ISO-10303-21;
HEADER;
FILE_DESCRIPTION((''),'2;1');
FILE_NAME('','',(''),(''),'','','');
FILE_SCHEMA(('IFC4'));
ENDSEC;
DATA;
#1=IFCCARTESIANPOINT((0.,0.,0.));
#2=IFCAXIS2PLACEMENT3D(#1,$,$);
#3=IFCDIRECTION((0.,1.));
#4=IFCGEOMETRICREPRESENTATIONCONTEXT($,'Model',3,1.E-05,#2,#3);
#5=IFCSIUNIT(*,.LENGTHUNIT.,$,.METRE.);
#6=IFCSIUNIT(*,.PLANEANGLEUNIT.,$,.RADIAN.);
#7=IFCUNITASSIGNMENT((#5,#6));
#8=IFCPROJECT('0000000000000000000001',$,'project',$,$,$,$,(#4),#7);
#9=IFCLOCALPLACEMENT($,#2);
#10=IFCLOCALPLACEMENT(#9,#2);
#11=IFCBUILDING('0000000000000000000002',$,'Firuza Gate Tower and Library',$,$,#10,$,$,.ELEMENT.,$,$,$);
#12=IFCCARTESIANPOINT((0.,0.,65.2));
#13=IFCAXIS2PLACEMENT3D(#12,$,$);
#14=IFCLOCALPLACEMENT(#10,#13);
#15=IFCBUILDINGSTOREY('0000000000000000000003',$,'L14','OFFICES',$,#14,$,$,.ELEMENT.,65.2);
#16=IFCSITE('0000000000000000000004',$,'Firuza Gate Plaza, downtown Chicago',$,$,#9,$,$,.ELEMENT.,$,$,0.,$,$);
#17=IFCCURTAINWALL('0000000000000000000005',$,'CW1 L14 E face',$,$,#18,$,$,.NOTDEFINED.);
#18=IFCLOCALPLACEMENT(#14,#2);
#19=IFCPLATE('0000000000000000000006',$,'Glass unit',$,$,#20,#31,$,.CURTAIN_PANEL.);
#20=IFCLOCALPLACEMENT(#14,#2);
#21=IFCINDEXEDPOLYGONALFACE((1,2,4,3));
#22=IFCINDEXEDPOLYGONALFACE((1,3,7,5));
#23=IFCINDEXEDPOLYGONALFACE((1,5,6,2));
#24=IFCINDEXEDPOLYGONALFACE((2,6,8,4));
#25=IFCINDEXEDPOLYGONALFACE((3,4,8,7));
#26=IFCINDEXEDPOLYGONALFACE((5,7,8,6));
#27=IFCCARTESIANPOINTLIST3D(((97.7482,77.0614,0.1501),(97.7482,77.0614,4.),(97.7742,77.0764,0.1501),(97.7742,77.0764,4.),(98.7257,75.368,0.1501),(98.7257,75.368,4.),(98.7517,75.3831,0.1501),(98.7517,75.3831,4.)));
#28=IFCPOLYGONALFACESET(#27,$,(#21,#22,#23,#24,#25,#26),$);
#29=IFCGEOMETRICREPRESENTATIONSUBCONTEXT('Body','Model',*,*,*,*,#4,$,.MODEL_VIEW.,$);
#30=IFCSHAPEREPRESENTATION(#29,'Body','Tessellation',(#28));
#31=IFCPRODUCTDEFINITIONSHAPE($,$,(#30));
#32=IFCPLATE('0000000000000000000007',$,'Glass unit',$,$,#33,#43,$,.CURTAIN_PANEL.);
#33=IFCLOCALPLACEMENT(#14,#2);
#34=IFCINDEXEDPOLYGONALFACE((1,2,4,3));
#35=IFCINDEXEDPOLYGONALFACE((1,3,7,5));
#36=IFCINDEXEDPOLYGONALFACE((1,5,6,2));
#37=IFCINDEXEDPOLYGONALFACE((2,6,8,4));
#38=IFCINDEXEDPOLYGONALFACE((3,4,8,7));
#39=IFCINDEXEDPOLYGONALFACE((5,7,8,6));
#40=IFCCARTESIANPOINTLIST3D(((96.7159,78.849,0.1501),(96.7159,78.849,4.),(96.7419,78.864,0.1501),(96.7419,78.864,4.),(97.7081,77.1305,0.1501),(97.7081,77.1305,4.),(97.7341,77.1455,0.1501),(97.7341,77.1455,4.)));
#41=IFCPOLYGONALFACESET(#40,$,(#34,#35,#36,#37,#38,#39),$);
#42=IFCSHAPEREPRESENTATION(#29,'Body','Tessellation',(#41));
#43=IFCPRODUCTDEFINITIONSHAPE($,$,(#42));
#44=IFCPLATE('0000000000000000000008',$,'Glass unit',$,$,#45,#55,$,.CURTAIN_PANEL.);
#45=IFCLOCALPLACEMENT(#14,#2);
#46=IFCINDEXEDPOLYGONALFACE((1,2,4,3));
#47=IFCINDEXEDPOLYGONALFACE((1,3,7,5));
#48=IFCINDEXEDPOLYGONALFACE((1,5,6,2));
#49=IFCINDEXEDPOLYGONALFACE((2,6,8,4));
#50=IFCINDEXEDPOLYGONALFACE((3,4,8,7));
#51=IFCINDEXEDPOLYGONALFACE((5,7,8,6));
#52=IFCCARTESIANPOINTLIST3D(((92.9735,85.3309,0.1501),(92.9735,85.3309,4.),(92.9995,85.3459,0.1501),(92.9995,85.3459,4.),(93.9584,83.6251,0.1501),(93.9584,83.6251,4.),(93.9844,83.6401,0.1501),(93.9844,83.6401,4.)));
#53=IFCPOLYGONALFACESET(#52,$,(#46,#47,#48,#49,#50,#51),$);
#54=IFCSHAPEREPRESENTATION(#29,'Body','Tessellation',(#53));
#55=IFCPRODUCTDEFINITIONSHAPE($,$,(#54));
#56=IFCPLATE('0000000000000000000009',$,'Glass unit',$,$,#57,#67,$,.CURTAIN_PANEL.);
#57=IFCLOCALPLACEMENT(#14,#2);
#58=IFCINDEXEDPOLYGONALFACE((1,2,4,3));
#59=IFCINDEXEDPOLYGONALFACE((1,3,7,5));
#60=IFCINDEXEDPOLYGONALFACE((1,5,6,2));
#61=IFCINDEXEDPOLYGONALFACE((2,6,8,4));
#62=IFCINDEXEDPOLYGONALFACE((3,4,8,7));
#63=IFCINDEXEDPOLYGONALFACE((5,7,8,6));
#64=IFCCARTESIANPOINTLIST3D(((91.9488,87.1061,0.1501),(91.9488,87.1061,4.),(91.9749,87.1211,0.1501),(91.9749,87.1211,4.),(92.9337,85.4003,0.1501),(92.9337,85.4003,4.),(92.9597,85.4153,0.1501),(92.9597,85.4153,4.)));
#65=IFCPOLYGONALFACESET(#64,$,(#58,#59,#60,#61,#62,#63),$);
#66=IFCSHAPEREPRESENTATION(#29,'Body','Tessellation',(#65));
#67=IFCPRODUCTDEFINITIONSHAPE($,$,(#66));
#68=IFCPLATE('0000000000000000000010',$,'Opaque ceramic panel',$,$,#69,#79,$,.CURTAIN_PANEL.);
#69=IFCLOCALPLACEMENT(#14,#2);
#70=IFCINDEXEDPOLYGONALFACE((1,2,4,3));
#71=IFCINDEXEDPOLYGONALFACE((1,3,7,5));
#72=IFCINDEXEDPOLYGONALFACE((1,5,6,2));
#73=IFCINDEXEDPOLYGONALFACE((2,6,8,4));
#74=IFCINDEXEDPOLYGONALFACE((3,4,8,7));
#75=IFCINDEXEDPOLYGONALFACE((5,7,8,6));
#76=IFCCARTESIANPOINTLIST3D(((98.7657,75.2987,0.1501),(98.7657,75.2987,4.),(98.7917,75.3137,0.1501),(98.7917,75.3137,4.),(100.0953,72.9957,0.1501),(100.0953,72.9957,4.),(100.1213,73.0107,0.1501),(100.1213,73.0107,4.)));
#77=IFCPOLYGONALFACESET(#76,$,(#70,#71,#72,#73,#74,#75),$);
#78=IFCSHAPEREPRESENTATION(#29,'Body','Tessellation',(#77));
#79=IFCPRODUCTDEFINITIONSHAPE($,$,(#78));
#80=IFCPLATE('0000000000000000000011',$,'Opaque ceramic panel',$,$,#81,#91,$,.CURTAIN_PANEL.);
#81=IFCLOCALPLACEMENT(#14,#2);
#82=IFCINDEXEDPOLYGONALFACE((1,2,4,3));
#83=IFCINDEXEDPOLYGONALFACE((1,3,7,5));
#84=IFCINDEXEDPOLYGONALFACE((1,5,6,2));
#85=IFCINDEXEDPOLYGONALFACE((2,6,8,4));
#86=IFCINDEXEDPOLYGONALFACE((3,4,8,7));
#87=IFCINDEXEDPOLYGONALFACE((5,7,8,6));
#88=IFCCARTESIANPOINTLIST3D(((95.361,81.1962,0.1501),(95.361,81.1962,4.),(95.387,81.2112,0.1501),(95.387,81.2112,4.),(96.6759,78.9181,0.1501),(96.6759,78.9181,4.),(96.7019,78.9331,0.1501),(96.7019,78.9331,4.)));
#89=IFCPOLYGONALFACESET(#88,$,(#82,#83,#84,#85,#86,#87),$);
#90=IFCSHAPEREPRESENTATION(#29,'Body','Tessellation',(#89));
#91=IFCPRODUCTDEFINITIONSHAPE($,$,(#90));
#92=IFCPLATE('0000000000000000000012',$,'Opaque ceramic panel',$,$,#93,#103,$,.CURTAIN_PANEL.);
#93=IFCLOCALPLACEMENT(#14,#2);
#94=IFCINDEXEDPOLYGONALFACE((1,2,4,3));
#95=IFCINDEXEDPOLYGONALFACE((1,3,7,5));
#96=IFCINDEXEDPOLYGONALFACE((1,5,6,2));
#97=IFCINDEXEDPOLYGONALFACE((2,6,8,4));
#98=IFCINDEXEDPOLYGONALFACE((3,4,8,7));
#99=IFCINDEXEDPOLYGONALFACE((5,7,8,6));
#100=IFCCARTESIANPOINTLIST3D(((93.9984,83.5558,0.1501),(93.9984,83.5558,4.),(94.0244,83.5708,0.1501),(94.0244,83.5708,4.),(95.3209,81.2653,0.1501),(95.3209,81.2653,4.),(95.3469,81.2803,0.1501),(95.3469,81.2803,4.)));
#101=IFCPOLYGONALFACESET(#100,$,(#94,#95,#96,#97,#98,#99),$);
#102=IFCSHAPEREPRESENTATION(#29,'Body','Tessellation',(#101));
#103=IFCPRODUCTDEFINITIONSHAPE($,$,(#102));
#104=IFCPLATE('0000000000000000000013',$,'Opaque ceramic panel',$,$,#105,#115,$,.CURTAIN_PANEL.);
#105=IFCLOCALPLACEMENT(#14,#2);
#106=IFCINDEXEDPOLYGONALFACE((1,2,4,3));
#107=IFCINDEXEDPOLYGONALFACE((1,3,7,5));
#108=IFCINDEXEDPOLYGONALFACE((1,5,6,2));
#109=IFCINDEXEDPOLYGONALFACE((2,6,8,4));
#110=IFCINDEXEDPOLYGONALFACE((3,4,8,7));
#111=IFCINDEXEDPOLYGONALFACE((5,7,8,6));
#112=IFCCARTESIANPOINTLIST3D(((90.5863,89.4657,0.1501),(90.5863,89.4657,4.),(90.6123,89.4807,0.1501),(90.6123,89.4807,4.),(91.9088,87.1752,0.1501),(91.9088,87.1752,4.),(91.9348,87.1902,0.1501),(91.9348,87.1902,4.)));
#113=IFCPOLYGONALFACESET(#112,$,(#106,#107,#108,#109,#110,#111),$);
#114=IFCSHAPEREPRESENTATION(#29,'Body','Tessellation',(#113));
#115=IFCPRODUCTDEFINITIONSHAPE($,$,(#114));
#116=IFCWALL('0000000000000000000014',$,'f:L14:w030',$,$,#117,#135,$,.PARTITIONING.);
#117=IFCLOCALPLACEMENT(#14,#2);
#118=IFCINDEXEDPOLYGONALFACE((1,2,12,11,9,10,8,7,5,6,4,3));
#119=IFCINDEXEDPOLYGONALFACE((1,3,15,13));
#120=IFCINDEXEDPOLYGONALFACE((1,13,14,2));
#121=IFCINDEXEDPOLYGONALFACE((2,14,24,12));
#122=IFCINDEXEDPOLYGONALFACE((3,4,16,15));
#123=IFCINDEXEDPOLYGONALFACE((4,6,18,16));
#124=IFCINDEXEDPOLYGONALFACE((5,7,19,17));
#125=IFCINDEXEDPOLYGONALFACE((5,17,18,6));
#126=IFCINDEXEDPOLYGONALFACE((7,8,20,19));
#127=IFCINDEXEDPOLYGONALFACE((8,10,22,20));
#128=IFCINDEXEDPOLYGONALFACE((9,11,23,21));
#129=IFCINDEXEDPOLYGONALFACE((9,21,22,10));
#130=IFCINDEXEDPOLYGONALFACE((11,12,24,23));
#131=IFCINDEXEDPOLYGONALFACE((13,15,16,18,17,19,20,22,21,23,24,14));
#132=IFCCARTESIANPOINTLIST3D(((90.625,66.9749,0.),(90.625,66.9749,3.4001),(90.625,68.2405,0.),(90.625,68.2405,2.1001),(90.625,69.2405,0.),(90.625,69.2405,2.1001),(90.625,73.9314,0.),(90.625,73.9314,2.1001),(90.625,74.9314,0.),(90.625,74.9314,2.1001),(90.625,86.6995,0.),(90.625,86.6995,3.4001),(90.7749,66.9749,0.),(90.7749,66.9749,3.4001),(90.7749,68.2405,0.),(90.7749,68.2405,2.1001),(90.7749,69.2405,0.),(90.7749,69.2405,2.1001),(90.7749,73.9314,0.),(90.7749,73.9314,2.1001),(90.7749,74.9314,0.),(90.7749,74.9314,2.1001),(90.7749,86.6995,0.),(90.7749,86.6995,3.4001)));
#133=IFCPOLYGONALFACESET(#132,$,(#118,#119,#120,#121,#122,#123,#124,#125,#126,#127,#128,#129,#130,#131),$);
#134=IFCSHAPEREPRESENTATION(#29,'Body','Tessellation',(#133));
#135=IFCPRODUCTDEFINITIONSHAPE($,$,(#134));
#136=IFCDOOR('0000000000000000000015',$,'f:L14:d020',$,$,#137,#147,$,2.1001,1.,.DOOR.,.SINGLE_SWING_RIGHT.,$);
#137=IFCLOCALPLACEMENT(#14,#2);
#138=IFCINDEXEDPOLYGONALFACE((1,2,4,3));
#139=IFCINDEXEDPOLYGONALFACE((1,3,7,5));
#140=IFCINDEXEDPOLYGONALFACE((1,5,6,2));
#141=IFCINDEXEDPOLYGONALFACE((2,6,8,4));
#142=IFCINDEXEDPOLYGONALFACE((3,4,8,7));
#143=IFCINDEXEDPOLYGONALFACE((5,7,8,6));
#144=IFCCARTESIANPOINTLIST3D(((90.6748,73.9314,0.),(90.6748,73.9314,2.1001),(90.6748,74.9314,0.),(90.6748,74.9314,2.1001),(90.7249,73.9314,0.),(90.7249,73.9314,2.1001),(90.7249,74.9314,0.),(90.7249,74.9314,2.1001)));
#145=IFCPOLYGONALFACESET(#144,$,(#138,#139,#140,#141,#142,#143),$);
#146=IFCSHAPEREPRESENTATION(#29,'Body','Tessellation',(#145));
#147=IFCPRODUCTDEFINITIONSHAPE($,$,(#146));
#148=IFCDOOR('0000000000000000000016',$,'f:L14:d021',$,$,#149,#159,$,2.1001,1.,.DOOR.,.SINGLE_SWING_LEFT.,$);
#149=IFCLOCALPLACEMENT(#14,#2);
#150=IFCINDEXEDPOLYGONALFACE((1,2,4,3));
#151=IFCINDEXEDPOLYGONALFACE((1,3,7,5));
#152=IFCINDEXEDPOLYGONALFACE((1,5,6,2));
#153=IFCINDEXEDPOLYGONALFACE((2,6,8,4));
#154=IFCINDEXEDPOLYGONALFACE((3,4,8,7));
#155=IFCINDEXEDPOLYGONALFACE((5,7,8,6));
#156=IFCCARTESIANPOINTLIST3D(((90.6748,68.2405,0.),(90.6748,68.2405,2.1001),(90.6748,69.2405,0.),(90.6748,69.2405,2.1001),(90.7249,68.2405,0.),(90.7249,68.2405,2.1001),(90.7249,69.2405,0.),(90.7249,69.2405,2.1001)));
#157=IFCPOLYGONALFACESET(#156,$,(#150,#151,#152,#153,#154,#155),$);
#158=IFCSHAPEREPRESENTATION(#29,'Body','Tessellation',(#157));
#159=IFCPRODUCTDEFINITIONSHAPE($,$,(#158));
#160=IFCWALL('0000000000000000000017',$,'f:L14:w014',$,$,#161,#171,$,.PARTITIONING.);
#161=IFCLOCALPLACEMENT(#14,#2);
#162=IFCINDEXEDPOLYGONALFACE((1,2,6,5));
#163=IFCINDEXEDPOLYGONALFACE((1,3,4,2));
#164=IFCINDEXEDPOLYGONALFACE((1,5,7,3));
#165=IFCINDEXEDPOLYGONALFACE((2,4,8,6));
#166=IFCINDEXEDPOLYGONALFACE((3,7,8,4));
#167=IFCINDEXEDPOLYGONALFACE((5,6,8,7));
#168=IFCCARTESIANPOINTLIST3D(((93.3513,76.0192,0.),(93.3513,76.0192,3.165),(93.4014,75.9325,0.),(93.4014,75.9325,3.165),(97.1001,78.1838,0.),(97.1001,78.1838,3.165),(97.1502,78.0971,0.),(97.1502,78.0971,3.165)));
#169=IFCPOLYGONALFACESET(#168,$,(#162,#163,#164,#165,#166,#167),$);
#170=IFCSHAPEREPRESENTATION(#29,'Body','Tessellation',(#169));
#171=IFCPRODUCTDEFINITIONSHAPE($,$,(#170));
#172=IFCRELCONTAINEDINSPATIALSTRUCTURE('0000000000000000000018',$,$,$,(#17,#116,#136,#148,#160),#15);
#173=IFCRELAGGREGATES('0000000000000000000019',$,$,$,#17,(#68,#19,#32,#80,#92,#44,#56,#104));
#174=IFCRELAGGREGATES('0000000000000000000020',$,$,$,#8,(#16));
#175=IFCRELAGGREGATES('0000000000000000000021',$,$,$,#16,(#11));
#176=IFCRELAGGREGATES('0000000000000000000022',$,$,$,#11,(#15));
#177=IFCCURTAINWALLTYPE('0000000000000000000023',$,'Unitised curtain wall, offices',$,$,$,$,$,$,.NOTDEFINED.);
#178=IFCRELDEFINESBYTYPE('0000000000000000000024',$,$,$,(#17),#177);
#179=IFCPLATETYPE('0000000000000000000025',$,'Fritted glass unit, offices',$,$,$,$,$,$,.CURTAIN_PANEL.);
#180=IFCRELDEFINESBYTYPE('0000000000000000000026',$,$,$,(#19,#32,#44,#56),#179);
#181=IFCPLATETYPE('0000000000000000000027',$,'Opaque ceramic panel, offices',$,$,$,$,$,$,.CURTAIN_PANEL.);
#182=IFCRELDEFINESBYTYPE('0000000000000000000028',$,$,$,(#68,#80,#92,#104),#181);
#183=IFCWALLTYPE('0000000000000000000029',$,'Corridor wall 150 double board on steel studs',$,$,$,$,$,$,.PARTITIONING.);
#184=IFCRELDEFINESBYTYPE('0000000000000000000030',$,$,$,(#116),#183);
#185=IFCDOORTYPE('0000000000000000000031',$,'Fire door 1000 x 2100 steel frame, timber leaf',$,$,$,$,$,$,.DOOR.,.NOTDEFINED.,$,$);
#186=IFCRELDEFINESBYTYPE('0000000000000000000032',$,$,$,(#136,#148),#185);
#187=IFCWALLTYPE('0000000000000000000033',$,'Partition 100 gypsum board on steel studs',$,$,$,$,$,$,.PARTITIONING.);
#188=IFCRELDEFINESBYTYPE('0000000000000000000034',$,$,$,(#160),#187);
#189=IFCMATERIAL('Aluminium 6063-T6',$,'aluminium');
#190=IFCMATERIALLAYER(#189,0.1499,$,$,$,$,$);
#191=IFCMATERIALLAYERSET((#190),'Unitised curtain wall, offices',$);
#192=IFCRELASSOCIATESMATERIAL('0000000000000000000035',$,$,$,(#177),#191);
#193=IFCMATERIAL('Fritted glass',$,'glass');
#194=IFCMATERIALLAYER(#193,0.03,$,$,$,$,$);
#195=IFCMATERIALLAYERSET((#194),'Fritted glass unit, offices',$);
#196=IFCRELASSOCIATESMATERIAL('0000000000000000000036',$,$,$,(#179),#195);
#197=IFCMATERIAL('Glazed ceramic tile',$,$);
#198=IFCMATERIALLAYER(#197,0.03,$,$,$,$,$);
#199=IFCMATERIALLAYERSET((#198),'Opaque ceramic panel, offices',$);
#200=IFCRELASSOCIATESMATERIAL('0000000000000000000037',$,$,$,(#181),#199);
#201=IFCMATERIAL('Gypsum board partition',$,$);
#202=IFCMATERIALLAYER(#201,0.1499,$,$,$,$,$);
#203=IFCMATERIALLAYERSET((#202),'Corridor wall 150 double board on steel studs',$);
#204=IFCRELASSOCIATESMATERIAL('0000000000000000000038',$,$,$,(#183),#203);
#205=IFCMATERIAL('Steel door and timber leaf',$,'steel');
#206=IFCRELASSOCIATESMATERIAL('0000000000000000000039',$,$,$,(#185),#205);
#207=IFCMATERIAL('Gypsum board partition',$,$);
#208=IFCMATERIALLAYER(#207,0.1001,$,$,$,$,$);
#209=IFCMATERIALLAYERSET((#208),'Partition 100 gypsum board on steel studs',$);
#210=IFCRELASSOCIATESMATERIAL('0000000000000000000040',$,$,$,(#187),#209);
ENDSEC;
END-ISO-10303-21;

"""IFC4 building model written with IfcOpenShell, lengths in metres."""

from ifc_helpers import new_model, si_unit, direction, frame, frame_2d, origin, place, context, subcontext, project, spatial, polyline, rectangle, outline, extrude, material, layer, layer_set, type_object, element, fill, aggregate, save


model = new_model("IFC4")

# Units and contexts
model_context = context("Model", 3, precision=1e-05, world=origin(), true_north=direction((0.0, 1.0)))
body_context = subcontext(model_context, "Body", "Model", "MODEL_VIEW")
ifc_project = project(units=[si_unit("LENGTHUNIT", "METRE"), si_unit("PLANEANGLEUNIT", "RADIAN")], contexts=[model_context])

# Site, building, storey
site_placement = place(None, origin())
site = spatial("IfcSite", under=ifc_project, at=site_placement, Name="Firuza Gate Plaza, downtown Chicago", CompositionType="ELEMENT", RefElevation=0.0)
building_placement = place(site_placement, origin())
building = spatial("IfcBuilding", under=site, at=building_placement, Name="Firuza Gate Tower and Library", CompositionType="ELEMENT")
storey_placement = place(building_placement, frame((0.0, 0.0, 65.2)))
storey = spatial("IfcBuildingStorey", under=building, at=storey_placement, Name="L14", Description="OFFICES", CompositionType="ELEMENT", Elevation=65.2)

# Curtain wall
ifc_material_1 = material(Name="Aluminium 6063-T6", Category="aluminium")
ifc_layer_1 = layer(ifc_material_1, 0.1499)
ifc_layer_set_1 = layer_set([ifc_layer_1], Name="Unitised curtain wall, offices")
curtain_wall_type = type_object("IfcCurtainWallType", Name="Unitised curtain wall, offices", PredefinedType="NOTDEFINED", material=ifc_layer_set_1)
curtain_wall_placement = place(storey_placement, origin())
curtain_wall = element("IfcCurtainWall", 1, at=curtain_wall_placement, inside=storey, type_object=curtain_wall_type, Name="CW1 L14 E face", PredefinedType="NOTDEFINED")

# Plates
ifc_material_2 = material(Name="Fritted glass", Category="glass")
ifc_layer_2 = layer(ifc_material_2, 0.03)
ifc_layer_set_2 = layer_set([ifc_layer_2], Name="Fritted glass unit, offices")
plate_type_1 = type_object("IfcPlateType", Name="Fritted glass unit, offices", PredefinedType="CURTAIN_PANEL", material=ifc_layer_set_2)
plate_1_placement = place(storey_placement, frame((98.7517, 75.3831, 0.1501), z_axis=(0.866053, 0.499953, 0.0), x_axis=(-0.499953, 0.866053, 0.0)))
plate_1 = element("IfcPlate", 2, at=plate_1_placement, type_object=plate_type_1, Name="Glass unit", PredefinedType="CURTAIN_PANEL", context=body_context, shape_type="SweptSolid", body=[
    extrude(outline(polyline([(0.0, 0.0), (1.9553, 0.0), (1.9553, 3.8499), (0.0, 3.8499), (0.0, 0.0)])), origin(), (0.0, 0.0, -1.0), 0.03),
])
plate_2_placement = place(storey_placement, frame((97.7341, 77.1455, 0.1501), z_axis=(0.866024, 0.500003, 0.0), x_axis=(-0.500003, 0.866024, 0.0)))
plate_2 = element("IfcPlate", 3, at=plate_2_placement, type_object=plate_type_1, Name="Glass unit", PredefinedType="CURTAIN_PANEL", context=body_context, shape_type="SweptSolid", body=[
    extrude(outline(polyline([(0.0, 0.0), (1.9844, 0.0), (1.9844, 3.8499), (0.0, 3.8499), (0.0, 0.0)])), origin(), (0.0, 0.0, -1.0), 0.03),
])
plate_3_placement = place(storey_placement, frame((93.9844, 83.6401, 0.1501), z_axis=(0.866023, 0.500005, 0.0), x_axis=(-0.500005, 0.866023, 0.0)))
plate_3 = element("IfcPlate", 4, at=plate_3_placement, type_object=plate_type_1, Name="Glass unit", PredefinedType="CURTAIN_PANEL", context=body_context, shape_type="SweptSolid", body=[
    extrude(outline(polyline([(0.0, 0.0), (1.9697, 0.0), (1.9697, 3.8499), (0.0, 3.8499), (0.0, 0.0)])), origin(), (0.0, 0.0, -1.0), 0.03),
])
plate_4_placement = place(storey_placement, frame((92.9597, 85.4153, 0.1501), z_axis=(0.866023, 0.500005, 0.0), x_axis=(-0.500005, 0.866023, 0.0)))
plate_4 = element("IfcPlate", 5, at=plate_4_placement, type_object=plate_type_1, Name="Glass unit", PredefinedType="CURTAIN_PANEL", context=body_context, shape_type="SweptSolid", body=[
    extrude(outline(polyline([(0.0, 0.0), (1.9697, 0.0), (1.9697, 3.8499), (0.0, 3.8499), (0.0, 0.0)])), origin(), (0.0, 0.0, -1.0), 0.03),
])
ifc_material_3 = material(Name="Glazed ceramic tile")
ifc_layer_3 = layer(ifc_material_3, 0.03)
ifc_layer_set_3 = layer_set([ifc_layer_3], Name="Opaque ceramic panel, offices")
plate_type_2 = type_object("IfcPlateType", Name="Opaque ceramic panel, offices", PredefinedType="CURTAIN_PANEL", material=ifc_layer_set_3)
plate_5_placement = place(storey_placement, frame((100.1213, 73.0107, 0.1501), z_axis=(0.866031, 0.49999, 0.0), x_axis=(-0.49999, 0.866031, 0.0)))
plate_5 = element("IfcPlate", 6, at=plate_5_placement, type_object=plate_type_2, Name="Opaque ceramic panel", PredefinedType="CURTAIN_PANEL", context=body_context, shape_type="SweptSolid", body=[
    extrude(outline(polyline([(0.0, 0.0), (2.6592, 0.0), (2.6592, 3.8499), (0.0, 3.8499), (0.0, 0.0)])), origin(), (0.0, 0.0, -1.0), 0.03),
])
plate_6_placement = place(storey_placement, frame((96.7019, 78.9331, 0.1501), z_axis=(0.866076, 0.499913, 0.0), x_axis=(-0.499913, 0.866076, 0.0)))
plate_6 = element("IfcPlate", 7, at=plate_6_placement, type_object=plate_type_2, Name="Opaque ceramic panel", PredefinedType="CURTAIN_PANEL", context=body_context, shape_type="SweptSolid", body=[
    extrude(outline(polyline([(0.0, 0.0), (2.6303, 0.0), (2.6303, 3.8499), (0.0, 3.8499), (0.0, 0.0)])), origin(), (0.0, 0.0, -1.0), 0.03),
])
plate_7_placement = place(storey_placement, frame((95.3469, 81.2803, 0.1501), z_axis=(0.866013, 0.500021, 0.0), x_axis=(-0.500021, 0.866013, 0.0)))
plate_7 = element("IfcPlate", 8, at=plate_7_placement, type_object=plate_type_2, Name="Opaque ceramic panel", PredefinedType="CURTAIN_PANEL", context=body_context, shape_type="SweptSolid", body=[
    extrude(outline(polyline([(0.0, 0.0), (2.6449, 0.0), (2.6449, 3.8499), (0.0, 3.8499), (0.0, 0.0)])), origin(), (0.0, 0.0, -1.0), 0.03),
])
plate_8_placement = place(storey_placement, frame((91.9348, 87.1902, 0.1501), z_axis=(0.866013, 0.500021, 0.0), x_axis=(-0.500021, 0.866013, 0.0)))
plate_8 = element("IfcPlate", 9, at=plate_8_placement, type_object=plate_type_2, Name="Opaque ceramic panel", PredefinedType="CURTAIN_PANEL", context=body_context, shape_type="SweptSolid", body=[
    extrude(outline(polyline([(0.0, 0.0), (2.6449, 0.0), (2.6449, 3.8499), (0.0, 3.8499), (0.0, 0.0)])), origin(), (0.0, 0.0, -1.0), 0.03),
])
aggregate(curtain_wall, [plate_5, plate_1, plate_2, plate_6, plate_7, plate_3, plate_4, plate_8])

# Wall, openings, doors
ifc_material_4 = material(Name="Gypsum board partition")
ifc_layer_4 = layer(ifc_material_4, 0.1499)
ifc_layer_set_4 = layer_set([ifc_layer_4], Name="Corridor wall 150 double board on steel studs")
wall_type_1 = type_object("IfcWallType", Name="Corridor wall 150 double board on steel studs", PredefinedType="PARTITIONING", material=ifc_layer_set_4)
wall_1_placement = place(storey_placement, frame((90.7, 86.6995, 0.0), z_axis=(0.0, 0.0, 1.0), x_axis=(0.0, -1.0, 0.0)))
wall_1 = element("IfcWall", 10, at=wall_1_placement, inside=storey, type_object=wall_type_1, Name="f:L14:w030", PredefinedType="PARTITIONING", context=body_context, shape_type="SweptSolid", body=[
    extrude(rectangle(XDim=19.7246, YDim=0.1499, at=frame_2d((9.8623, 0.0))), origin(), (0.0, 0.0, 1.0), 3.4001),
])
opening_1_placement = place(wall_1_placement, frame((11.7681, 0.0, 0.0)))
opening_1 = element("IfcOpeningElement", 11, at=opening_1_placement, cuts=wall_1, PredefinedType="OPENING", context=body_context, shape_type="SweptSolid", body=[
    extrude(rectangle(XDim=1.0, YDim=2.1001, at=frame_2d((0.5, 1.05))), frame((0.0, 0.085, 0.0), z_axis=(0.0, -1.0, 0.0), x_axis=(1.0, 0.0, 0.0)), (0.0, 0.0, 1.0), 0.1699),
])
opening_2_placement = place(wall_1_placement, frame((17.459, 0.0, 0.0)))
opening_2 = element("IfcOpeningElement", 12, at=opening_2_placement, cuts=wall_1, PredefinedType="OPENING", context=body_context, shape_type="SweptSolid", body=[
    extrude(rectangle(XDim=1.0, YDim=2.1001, at=frame_2d((0.5, 1.05))), frame((0.0, 0.085, 0.0), z_axis=(0.0, -1.0, 0.0), x_axis=(1.0, 0.0, 0.0)), (0.0, 0.0, 1.0), 0.1699),
])
ifc_material_5 = material(Name="Steel door and timber leaf", Category="steel")
door_type_1 = type_object("IfcDoorType", Name="Fire door 1000 x 2100 steel frame, timber leaf", OperationType="NOTDEFINED", PredefinedType="DOOR", material=ifc_material_5)
door_1_placement = place(opening_1_placement, origin())
door_1 = element("IfcDoor", 13, at=door_1_placement, inside=storey, type_object=door_type_1, Name="f:L14:d020", OperationType="SINGLE_SWING_RIGHT", OverallHeight=2.1001, OverallWidth=1.0, PredefinedType="DOOR", context=body_context, shape_type="SweptSolid", body=[
    extrude(rectangle(XDim=1.0, YDim=2.1001, at=frame_2d((0.5, 1.05))), frame((0.0, 0.0249, 0.0), z_axis=(0.0, -1.0, 0.0), x_axis=(1.0, 0.0, 0.0)), (0.0, 0.0, 1.0), 0.05),
])
fill(opening_1, door_1)
door_2_placement = place(opening_2_placement, origin())
door_2 = element("IfcDoor", 14, at=door_2_placement, inside=storey, type_object=door_type_1, Name="f:L14:d021", OperationType="SINGLE_SWING_LEFT", OverallHeight=2.1001, OverallWidth=1.0, PredefinedType="DOOR", context=body_context, shape_type="SweptSolid", body=[
    extrude(rectangle(XDim=1.0, YDim=2.1001, at=frame_2d((0.5, 1.05))), frame((0.0, 0.0249, 0.0), z_axis=(0.0, -1.0, 0.0), x_axis=(1.0, 0.0, 0.0)), (0.0, 0.0, 1.0), 0.05),
])
fill(opening_2, door_2)

# Wall
ifc_material_6 = material(Name="Gypsum board partition")
ifc_layer_5 = layer(ifc_material_6, 0.1001)
ifc_layer_set_5 = layer_set([ifc_layer_5], Name="Partition 100 gypsum board on steel studs")
wall_type_2 = type_object("IfcWallType", Name="Partition 100 gypsum board on steel studs", PredefinedType="PARTITIONING", material=ifc_layer_set_5)
wall_2_placement = place(storey_placement, frame((93.3762, 75.9758, 0.0), z_axis=(0.0, 0.0, 1.0), x_axis=(0.866006, 0.500033, 0.0)))
element("IfcWall", 15, at=wall_2_placement, inside=storey, type_object=wall_type_2, Name="f:L14:w014", PredefinedType="PARTITIONING", context=body_context, shape_type="SweptSolid", body=[
    extrude(rectangle(XDim=4.3289, YDim=0.1001, at=frame_2d((2.1646, 0.0))), origin(), (0.0, 0.0, 1.0), 3.165),
])

save(model, "model.ifc")
